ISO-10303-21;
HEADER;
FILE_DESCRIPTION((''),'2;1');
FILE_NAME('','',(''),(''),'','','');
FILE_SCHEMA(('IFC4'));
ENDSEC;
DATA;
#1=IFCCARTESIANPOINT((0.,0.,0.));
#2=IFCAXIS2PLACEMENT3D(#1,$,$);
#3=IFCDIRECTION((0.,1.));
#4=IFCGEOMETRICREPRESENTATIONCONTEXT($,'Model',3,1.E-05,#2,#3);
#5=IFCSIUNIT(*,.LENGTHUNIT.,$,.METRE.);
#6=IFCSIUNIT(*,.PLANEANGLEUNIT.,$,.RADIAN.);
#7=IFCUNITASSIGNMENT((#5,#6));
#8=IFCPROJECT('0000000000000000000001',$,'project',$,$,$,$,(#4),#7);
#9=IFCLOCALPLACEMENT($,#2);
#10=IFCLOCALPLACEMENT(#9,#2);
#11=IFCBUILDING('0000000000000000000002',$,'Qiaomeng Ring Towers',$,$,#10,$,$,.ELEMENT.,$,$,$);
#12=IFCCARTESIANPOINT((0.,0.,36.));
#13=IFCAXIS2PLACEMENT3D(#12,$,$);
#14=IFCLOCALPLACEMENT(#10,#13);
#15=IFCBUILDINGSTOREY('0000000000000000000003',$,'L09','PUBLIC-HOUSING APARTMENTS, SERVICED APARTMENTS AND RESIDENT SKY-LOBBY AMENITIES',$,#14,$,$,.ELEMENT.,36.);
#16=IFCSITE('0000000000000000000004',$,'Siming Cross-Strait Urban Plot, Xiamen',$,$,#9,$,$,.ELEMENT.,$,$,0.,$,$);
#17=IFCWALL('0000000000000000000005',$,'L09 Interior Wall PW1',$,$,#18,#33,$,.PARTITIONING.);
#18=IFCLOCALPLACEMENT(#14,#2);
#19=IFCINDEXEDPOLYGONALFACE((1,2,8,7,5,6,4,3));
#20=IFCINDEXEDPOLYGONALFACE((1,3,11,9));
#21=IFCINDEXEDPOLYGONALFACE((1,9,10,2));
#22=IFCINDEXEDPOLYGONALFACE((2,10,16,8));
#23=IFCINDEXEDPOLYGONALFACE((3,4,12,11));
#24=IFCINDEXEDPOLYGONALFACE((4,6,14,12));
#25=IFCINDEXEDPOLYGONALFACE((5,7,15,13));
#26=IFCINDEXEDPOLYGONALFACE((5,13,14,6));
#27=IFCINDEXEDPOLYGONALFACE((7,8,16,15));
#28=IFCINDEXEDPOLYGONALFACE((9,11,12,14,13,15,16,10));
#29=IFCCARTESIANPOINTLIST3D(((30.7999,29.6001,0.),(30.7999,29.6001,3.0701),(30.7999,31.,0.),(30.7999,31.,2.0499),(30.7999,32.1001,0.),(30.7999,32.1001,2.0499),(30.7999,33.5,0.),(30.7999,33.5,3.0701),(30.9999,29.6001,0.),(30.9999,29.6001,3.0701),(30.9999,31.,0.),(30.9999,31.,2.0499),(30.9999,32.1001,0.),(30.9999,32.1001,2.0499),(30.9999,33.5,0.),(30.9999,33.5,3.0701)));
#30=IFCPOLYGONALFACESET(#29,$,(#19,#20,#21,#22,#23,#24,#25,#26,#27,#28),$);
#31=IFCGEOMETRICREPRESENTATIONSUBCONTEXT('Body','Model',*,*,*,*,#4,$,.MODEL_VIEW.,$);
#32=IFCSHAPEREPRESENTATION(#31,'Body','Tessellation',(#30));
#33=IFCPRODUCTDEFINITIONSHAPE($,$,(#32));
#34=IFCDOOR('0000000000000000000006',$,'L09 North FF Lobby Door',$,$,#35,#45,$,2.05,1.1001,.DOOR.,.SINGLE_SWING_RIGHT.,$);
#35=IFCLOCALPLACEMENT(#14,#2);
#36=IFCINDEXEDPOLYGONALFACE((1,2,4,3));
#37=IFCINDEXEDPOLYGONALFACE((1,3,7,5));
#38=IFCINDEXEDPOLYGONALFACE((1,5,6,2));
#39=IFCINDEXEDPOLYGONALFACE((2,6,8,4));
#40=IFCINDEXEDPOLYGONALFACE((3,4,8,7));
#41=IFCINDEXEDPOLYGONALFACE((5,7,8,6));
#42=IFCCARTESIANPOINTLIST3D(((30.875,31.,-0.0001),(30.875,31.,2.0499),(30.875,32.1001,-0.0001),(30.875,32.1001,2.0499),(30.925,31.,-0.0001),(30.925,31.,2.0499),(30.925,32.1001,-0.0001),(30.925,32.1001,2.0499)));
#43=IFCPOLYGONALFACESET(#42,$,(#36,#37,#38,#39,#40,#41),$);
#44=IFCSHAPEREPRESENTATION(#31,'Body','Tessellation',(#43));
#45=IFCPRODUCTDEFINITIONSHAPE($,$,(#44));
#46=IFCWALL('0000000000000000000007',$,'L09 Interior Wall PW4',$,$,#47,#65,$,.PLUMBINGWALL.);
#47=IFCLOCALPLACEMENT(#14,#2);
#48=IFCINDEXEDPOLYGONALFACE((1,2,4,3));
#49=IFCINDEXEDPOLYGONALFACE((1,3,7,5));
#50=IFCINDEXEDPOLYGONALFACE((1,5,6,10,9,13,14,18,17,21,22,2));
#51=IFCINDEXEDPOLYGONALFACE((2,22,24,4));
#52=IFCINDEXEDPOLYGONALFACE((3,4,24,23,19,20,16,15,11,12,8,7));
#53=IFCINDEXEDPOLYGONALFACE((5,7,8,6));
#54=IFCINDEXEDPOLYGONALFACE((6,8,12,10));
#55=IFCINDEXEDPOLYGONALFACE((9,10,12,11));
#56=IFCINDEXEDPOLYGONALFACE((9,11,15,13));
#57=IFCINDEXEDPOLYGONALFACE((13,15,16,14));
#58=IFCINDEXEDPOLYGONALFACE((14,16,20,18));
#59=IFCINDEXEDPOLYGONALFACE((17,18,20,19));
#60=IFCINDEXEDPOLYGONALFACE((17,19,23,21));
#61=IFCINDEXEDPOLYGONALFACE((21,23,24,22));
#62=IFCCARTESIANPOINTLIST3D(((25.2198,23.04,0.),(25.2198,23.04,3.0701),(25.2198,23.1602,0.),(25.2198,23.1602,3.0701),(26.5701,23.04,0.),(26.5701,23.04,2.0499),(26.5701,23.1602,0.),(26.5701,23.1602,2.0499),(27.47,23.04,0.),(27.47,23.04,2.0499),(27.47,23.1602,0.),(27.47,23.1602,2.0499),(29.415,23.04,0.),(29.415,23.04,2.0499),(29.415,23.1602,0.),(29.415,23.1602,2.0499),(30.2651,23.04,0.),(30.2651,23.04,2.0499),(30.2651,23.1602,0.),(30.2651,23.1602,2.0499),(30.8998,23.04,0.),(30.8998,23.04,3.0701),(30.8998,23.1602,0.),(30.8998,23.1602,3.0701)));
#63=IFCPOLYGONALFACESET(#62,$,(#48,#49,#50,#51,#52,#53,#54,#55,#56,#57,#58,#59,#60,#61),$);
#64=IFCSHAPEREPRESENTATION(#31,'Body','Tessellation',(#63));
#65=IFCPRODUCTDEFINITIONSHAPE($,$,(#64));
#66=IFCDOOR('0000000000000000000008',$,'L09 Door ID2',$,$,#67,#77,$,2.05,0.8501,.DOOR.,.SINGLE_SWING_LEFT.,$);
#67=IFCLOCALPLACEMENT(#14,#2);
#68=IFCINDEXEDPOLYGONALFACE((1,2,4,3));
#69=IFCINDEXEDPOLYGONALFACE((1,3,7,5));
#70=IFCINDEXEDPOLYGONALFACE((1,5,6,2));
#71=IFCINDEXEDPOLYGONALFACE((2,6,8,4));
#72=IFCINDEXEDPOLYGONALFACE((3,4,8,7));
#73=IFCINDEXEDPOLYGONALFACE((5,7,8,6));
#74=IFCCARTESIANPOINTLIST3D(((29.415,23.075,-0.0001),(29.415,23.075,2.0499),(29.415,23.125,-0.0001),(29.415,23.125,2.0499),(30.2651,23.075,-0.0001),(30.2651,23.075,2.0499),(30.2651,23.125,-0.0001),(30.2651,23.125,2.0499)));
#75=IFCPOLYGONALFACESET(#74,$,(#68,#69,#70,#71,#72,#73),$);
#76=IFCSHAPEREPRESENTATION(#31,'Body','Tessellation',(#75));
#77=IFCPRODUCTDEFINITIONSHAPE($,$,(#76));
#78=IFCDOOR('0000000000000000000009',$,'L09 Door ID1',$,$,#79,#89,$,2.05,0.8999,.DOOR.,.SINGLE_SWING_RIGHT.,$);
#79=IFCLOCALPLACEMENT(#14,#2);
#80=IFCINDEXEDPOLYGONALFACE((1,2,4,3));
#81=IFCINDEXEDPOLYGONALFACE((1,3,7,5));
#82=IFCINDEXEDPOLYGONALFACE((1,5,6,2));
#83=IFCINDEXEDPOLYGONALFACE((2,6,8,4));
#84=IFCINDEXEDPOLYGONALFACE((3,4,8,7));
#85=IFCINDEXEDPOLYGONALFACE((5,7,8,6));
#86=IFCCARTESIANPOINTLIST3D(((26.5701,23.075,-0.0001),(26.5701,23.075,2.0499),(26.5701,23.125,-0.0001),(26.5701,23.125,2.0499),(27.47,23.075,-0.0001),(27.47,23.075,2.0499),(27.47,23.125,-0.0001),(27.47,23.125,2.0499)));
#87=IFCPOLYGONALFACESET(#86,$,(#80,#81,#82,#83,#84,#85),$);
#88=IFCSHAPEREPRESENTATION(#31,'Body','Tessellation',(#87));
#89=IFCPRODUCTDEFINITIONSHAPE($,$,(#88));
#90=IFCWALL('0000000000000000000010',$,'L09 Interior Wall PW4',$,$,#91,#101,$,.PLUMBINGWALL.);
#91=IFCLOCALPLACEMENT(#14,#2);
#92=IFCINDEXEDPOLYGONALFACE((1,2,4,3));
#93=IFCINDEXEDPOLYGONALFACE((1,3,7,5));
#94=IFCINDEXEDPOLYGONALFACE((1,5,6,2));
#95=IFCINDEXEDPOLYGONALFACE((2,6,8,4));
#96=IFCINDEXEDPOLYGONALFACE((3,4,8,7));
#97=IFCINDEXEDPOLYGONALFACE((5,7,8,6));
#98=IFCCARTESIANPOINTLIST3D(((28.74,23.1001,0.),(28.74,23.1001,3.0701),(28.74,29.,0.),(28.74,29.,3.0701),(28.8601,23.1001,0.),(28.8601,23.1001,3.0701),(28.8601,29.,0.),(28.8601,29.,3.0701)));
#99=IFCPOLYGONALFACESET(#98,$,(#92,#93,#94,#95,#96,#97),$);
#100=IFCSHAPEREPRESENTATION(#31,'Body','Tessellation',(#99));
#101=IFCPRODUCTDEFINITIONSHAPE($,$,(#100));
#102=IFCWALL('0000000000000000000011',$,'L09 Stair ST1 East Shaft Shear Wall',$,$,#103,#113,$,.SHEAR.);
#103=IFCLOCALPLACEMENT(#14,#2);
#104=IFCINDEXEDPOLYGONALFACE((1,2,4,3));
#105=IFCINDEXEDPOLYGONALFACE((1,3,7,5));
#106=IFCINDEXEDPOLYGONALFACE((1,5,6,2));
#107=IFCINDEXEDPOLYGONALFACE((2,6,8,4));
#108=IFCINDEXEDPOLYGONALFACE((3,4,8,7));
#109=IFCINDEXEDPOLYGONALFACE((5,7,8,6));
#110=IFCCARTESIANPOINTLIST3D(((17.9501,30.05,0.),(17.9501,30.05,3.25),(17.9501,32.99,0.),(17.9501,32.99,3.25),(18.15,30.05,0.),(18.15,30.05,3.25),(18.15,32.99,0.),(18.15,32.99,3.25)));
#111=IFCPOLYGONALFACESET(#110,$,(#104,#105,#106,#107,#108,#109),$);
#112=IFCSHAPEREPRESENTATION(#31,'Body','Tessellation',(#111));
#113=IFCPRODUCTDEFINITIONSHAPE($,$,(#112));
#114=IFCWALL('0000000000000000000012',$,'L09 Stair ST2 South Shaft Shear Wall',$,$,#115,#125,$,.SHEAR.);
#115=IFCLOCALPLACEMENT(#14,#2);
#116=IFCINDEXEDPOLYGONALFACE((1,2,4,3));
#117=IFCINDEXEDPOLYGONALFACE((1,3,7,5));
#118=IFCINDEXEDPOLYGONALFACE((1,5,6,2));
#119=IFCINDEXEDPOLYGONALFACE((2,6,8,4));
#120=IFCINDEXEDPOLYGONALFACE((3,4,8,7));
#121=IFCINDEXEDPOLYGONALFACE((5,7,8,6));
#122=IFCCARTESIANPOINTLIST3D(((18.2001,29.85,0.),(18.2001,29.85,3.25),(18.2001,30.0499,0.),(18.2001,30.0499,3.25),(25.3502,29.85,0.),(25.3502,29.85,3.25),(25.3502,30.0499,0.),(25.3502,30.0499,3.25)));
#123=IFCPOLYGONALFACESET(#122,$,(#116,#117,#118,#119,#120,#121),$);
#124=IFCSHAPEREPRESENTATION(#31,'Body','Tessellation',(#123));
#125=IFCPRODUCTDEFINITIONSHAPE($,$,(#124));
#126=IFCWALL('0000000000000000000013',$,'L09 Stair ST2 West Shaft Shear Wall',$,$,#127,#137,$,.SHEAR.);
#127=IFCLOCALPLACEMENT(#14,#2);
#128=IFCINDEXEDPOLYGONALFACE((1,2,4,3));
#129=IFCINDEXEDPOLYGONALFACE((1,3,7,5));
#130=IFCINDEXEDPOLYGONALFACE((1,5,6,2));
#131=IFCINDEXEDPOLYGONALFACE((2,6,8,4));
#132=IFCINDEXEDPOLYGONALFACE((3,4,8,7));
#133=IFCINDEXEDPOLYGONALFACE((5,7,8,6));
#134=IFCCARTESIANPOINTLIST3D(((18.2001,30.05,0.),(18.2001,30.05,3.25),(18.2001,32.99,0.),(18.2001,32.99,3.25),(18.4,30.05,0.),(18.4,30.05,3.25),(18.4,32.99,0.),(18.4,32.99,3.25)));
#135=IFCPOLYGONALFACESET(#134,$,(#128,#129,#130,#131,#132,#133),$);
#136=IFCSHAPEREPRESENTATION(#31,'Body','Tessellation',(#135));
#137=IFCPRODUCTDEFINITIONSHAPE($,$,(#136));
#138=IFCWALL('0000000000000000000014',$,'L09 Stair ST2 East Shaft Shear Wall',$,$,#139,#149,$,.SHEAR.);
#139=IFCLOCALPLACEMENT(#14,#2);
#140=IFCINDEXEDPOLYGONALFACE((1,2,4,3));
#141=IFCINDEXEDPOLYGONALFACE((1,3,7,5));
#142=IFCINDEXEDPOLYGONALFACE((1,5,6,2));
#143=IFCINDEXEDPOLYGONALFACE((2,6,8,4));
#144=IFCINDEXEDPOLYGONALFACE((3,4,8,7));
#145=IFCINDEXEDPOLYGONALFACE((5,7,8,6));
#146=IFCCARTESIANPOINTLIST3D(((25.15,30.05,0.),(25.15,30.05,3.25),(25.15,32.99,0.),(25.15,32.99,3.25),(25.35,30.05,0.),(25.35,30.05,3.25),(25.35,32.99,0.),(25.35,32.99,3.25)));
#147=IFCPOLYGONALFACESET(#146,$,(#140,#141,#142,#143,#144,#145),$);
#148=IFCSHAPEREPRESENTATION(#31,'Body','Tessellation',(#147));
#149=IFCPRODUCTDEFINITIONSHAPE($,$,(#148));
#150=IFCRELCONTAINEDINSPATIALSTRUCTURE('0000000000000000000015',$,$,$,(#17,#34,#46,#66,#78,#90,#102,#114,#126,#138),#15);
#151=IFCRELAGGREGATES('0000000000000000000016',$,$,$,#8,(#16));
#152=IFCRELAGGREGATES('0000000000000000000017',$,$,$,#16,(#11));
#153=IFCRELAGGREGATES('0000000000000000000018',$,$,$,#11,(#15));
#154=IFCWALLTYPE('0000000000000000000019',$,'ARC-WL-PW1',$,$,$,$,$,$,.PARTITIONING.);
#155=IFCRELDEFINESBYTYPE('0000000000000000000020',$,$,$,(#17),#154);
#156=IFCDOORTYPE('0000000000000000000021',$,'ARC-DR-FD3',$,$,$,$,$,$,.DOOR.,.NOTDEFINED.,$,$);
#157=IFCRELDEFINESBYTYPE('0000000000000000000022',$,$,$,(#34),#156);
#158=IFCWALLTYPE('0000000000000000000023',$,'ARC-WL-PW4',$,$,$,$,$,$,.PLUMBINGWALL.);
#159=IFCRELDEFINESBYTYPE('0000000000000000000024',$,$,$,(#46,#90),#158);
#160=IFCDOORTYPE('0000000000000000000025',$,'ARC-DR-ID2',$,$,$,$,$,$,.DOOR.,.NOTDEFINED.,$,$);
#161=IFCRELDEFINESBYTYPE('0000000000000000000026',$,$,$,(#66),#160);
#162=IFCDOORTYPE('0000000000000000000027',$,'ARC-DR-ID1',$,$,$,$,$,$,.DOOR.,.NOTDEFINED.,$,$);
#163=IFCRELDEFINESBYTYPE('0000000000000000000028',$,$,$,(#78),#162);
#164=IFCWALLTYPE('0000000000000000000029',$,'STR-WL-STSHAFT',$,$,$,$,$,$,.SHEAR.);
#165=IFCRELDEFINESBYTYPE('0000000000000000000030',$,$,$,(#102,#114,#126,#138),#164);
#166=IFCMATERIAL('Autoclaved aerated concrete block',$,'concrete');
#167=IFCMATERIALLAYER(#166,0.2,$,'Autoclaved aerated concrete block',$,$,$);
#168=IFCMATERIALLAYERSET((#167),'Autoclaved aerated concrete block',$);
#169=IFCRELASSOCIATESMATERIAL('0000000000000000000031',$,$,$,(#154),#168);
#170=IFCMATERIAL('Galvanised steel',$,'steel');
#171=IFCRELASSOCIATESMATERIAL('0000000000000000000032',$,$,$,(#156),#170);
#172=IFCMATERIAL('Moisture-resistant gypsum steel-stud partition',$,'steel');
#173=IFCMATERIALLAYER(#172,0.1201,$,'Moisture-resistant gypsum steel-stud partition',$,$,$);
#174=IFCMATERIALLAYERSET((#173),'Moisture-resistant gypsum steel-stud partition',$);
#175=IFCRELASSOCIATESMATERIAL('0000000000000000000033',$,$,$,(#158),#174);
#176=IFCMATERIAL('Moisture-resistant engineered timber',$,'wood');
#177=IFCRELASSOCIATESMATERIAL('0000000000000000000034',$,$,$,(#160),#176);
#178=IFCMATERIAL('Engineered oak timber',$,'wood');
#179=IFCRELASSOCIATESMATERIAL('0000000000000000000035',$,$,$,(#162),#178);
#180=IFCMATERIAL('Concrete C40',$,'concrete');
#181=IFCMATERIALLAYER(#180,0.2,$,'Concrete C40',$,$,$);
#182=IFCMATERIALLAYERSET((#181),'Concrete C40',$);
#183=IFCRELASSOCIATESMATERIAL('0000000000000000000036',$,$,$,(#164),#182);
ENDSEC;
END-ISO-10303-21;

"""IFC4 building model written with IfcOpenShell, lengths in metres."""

from ifc_helpers import new_model, si_unit, direction, frame, frame_2d, origin, place, context, subcontext, project, spatial, rectangle, extrude, source, transform, mapped, material, layer, layer_set, type_object, element, fill, save


model = new_model("IFC4")

# Units and contexts
model_context = context("Model", 3, precision=1e-05, world=origin(), true_north=direction((0.0, 1.0)))
body_context = subcontext(model_context, "Body", "Model", "MODEL_VIEW")
ifc_project = project(units=[si_unit("LENGTHUNIT", "METRE"), si_unit("PLANEANGLEUNIT", "RADIAN")], contexts=[model_context])

# Site, building, storey
site_placement = place(None, origin())
site = spatial("IfcSite", under=ifc_project, at=site_placement, Name="Siming Cross-Strait Urban Plot, Xiamen", CompositionType="ELEMENT", RefElevation=0.0)
building_placement = place(site_placement, origin())
building = spatial("IfcBuilding", under=site, at=building_placement, Name="Qiaomeng Ring Towers", CompositionType="ELEMENT")
storey_placement = place(building_placement, frame((0.0, 0.0, 36.0)))
storey = spatial("IfcBuildingStorey", under=building, at=storey_placement, Name="L09", Description="PUBLIC-HOUSING APARTMENTS, SERVICED APARTMENTS AND RESIDENT SKY-LOBBY AMENITIES", CompositionType="ELEMENT", Elevation=36.0)

# Shared definitions
ifc_material_1 = material(Name="Autoclaved aerated concrete block", Category="concrete")
ifc_layer_1 = layer(ifc_material_1, 0.2, Name="Autoclaved aerated concrete block")
ifc_layer_set_1 = layer_set([ifc_layer_1], Name="Autoclaved aerated concrete block")
wall_type_1 = type_object("IfcWallType", Name="ARC-WL-PW1", PredefinedType="PARTITIONING", material=ifc_layer_set_1)

# Wall, opening, door
wall_1_placement = place(storey_placement, frame((30.8999, 29.6001, 0.0), z_axis=(0.0, 0.0, 1.0), x_axis=(0.0, 1.0, 0.0)))
wall_1 = element("IfcWall", 1, at=wall_1_placement, inside=storey, type_object=wall_type_1, Name="L09 Interior Wall PW1", PredefinedType="PARTITIONING", context=body_context, shape_type="SweptSolid", body=[
    extrude(rectangle(XDim=3.8999, YDim=0.2, at=frame_2d((1.95, 0.0))), origin(), (0.0, 0.0, 1.0), 3.0701),
])
opening_1_placement = place(wall_1_placement, frame((1.3999, 0.0, 0.0)))
opening_1 = element("IfcOpeningElement", 2, at=opening_1_placement, cuts=wall_1, PredefinedType="OPENING", context=body_context, shape_type="SweptSolid", body=[
    extrude(rectangle(XDim=1.1001, YDim=2.05, at=frame_2d((0.55, 1.0249))), frame((0.0, 0.1099, 0.0), z_axis=(0.0, -1.0, 0.0), x_axis=(1.0, 0.0, 0.0)), (0.0, 0.0, 1.0), 0.22),
])
ifc_material_2 = material(Name="Galvanised steel", Category="steel")
door_type_1 = type_object("IfcDoorType", Name="ARC-DR-FD3", OperationType="NOTDEFINED", PredefinedType="DOOR", material=ifc_material_2)
shared_shape_1 = source(origin(), body_context, "Body", "SweptSolid", [
    extrude(rectangle(XDim=1.1001, YDim=2.05, at=frame_2d((0.55, 1.0249))), frame((0.0, 0.0249, 0.0), z_axis=(0.0, -1.0, 0.0), x_axis=(1.0, 0.0, 0.0)), (0.0, 0.0, 1.0), 0.05),
])
door_1_placement = place(opening_1_placement, origin())
door_1 = element("IfcDoor", 3, at=door_1_placement, inside=storey, type_object=door_type_1, Name="L09 North FF Lobby Door", OperationType="SINGLE_SWING_RIGHT", OverallHeight=2.05, OverallWidth=1.1001, PredefinedType="DOOR", context=body_context, shape_type="MappedRepresentation", body=[
    mapped(shared_shape_1, transform((0.0, 0.0, 0.0), x_axis=(1.0, 0.0, 0.0), y_axis=(0.0, 1.0, 0.0), z_axis=(0.0, 0.0, 1.0), scale=1.0)),
])
fill(opening_1, door_1)

# Wall, openings, doors
ifc_material_3 = material(Name="Moisture-resistant gypsum steel-stud partition", Category="steel")
ifc_layer_2 = layer(ifc_material_3, 0.1201, Name="Moisture-resistant gypsum steel-stud partition")
ifc_layer_set_2 = layer_set([ifc_layer_2], Name="Moisture-resistant gypsum steel-stud partition")
wall_type_2 = type_object("IfcWallType", Name="ARC-WL-PW4", PredefinedType="PLUMBINGWALL", material=ifc_layer_set_2)
wall_2_placement = place(storey_placement, frame((25.22, 23.1001, 0.0), z_axis=(0.0, 0.0, 1.0), x_axis=(1.0, 0.0, 0.0)))
wall_2 = element("IfcWall", 4, at=wall_2_placement, inside=storey, type_object=wall_type_2, Name="L09 Interior Wall PW4", PredefinedType="PLUMBINGWALL", context=body_context, shape_type="SweptSolid", body=[
    extrude(rectangle(XDim=5.6799, YDim=0.1201, at=frame_2d((2.8398, 0.0))), origin(), (0.0, 0.0, 1.0), 3.0701),
])
opening_2_placement = place(wall_2_placement, frame((1.3501, 0.0, 0.0)))
opening_2 = element("IfcOpeningElement", 5, at=opening_2_placement, cuts=wall_2, PredefinedType="OPENING", context=body_context, shape_type="SweptSolid", body=[
    extrude(rectangle(XDim=0.8999, YDim=2.05, at=frame_2d((0.45, 1.0249))), frame((0.0, 0.0701, 0.0), z_axis=(0.0, -1.0, 0.0), x_axis=(1.0, 0.0, 0.0)), (0.0, 0.0, 1.0), 0.1401),
])
opening_3_placement = place(wall_2_placement, frame((4.1951, 0.0, 0.0)))
opening_3 = element("IfcOpeningElement", 6, at=opening_3_placement, cuts=wall_2, PredefinedType="OPENING", context=body_context, shape_type="SweptSolid", body=[
    extrude(rectangle(XDim=0.8501, YDim=2.05, at=frame_2d((0.425, 1.0249))), frame((0.0, 0.0701, 0.0), z_axis=(0.0, -1.0, 0.0), x_axis=(1.0, 0.0, 0.0)), (0.0, 0.0, 1.0), 0.1401),
])
ifc_material_4 = material(Name="Moisture-resistant engineered timber", Category="wood")
door_type_2 = type_object("IfcDoorType", Name="ARC-DR-ID2", OperationType="NOTDEFINED", PredefinedType="DOOR", material=ifc_material_4)
shared_shape_2 = source(origin(), body_context, "Body", "SweptSolid", [
    extrude(rectangle(XDim=0.8501, YDim=2.05, at=frame_2d((0.425, 1.0249))), frame((0.0, 0.0249, 0.0), z_axis=(0.0, -1.0, 0.0), x_axis=(1.0, 0.0, 0.0)), (0.0, 0.0, 1.0), 0.05),
])
door_2_placement = place(opening_3_placement, origin())
door_2 = element("IfcDoor", 7, at=door_2_placement, inside=storey, type_object=door_type_2, Name="L09 Door ID2", OperationType="SINGLE_SWING_LEFT", OverallHeight=2.05, OverallWidth=0.8501, PredefinedType="DOOR", context=body_context, shape_type="MappedRepresentation", body=[
    mapped(shared_shape_2, transform((0.0, 0.0, 0.0), x_axis=(1.0, 0.0, 0.0), y_axis=(0.0, 1.0, 0.0), z_axis=(0.0, 0.0, 1.0), scale=1.0)),
])
fill(opening_3, door_2)
ifc_material_5 = material(Name="Engineered oak timber", Category="wood")
door_type_3 = type_object("IfcDoorType", Name="ARC-DR-ID1", OperationType="NOTDEFINED", PredefinedType="DOOR", material=ifc_material_5)
shared_shape_3 = source(origin(), body_context, "Body", "SweptSolid", [
    extrude(rectangle(XDim=0.8999, YDim=2.05, at=frame_2d((0.45, 1.0249))), frame((0.0, 0.0249, 0.0), z_axis=(0.0, -1.0, 0.0), x_axis=(1.0, 0.0, 0.0)), (0.0, 0.0, 1.0), 0.05),
])
door_3_placement = place(opening_2_placement, origin())
door_3 = element("IfcDoor", 8, at=door_3_placement, inside=storey, type_object=door_type_3, Name="L09 Door ID1", OperationType="SINGLE_SWING_RIGHT", OverallHeight=2.05, OverallWidth=0.8999, PredefinedType="DOOR", context=body_context, shape_type="MappedRepresentation", body=[
    mapped(shared_shape_3, transform((0.0, 0.0, 0.0), x_axis=(1.0, 0.0, 0.0), y_axis=(0.0, 1.0, 0.0), z_axis=(0.0, 0.0, 1.0), scale=1.0)),
])
fill(opening_2, door_3)

# Walls
wall_3_placement = place(storey_placement, frame((28.8, 23.1001, 0.0), z_axis=(0.0, 0.0, 1.0), x_axis=(0.0, 1.0, 0.0)))
element("IfcWall", 9, at=wall_3_placement, inside=storey, type_object=wall_type_2, Name="L09 Interior Wall PW4", PredefinedType="PLUMBINGWALL", context=body_context, shape_type="SweptSolid", body=[
    extrude(rectangle(XDim=5.8999, YDim=0.1201, at=frame_2d((2.95, 0.0))), origin(), (0.0, 0.0, 1.0), 3.0701),
])
ifc_material_6 = material(Name="Concrete C40", Category="concrete")
ifc_layer_3 = layer(ifc_material_6, 0.2, Name="Concrete C40")
ifc_layer_set_3 = layer_set([ifc_layer_3], Name="Concrete C40")
wall_type_3 = type_object("IfcWallType", Name="STR-WL-STSHAFT", PredefinedType="SHEAR", material=ifc_layer_set_3)
wall_4_placement = place(storey_placement, frame((18.05, 30.05, 0.0), z_axis=(0.0, 0.0, 1.0), x_axis=(0.0, 1.0, 0.0)))
element("IfcWall", 10, at=wall_4_placement, inside=storey, type_object=wall_type_3, Name="L09 Stair ST1 East Shaft Shear Wall", PredefinedType="SHEAR", context=body_context, shape_type="SweptSolid", body=[
    extrude(rectangle(XDim=2.9399, YDim=0.2, at=frame_2d((1.47, 0.0))), origin(), (0.0, 0.0, 1.0), 3.25),
])
wall_5_placement = place(storey_placement, frame((18.2, 29.95, 0.0), z_axis=(0.0, 0.0, 1.0), x_axis=(1.0, 0.0, 0.0)))
element("IfcWall", 11, at=wall_5_placement, inside=storey, type_object=wall_type_3, Name="L09 Stair ST2 South Shaft Shear Wall", PredefinedType="SHEAR", context=body_context, shape_type="SweptSolid", body=[
    extrude(rectangle(XDim=7.1501, YDim=0.2, at=frame_2d((3.5752, 0.0))), origin(), (0.0, 0.0, 1.0), 3.25),
])
for number, where, z_axis, x_axis, name in (
    (12, (18.3, 30.05, 0.0), (0.0, 0.0, 1.0), (0.0, 1.0, 0.0), "L09 Stair ST2 West Shaft Shear Wall"),
    (13, (25.25, 30.05, 0.0), (0.0, 0.0, 1.0), (0.0, 1.0, 0.0), "L09 Stair ST2 East Shaft Shear Wall"),
):
    element("IfcWall", number, at=place(storey_placement, frame(where, z_axis=z_axis, x_axis=x_axis)), inside=storey, type_object=wall_type_3, Name=name, PredefinedType="SHEAR", context=body_context, shape_type="SweptSolid", body=[
        extrude(rectangle(XDim=2.9399, YDim=0.2, at=frame_2d((1.47, 0.0))), origin(), (0.0, 0.0, 1.0), 3.25),
    ])

save(model, "model.ifc")
